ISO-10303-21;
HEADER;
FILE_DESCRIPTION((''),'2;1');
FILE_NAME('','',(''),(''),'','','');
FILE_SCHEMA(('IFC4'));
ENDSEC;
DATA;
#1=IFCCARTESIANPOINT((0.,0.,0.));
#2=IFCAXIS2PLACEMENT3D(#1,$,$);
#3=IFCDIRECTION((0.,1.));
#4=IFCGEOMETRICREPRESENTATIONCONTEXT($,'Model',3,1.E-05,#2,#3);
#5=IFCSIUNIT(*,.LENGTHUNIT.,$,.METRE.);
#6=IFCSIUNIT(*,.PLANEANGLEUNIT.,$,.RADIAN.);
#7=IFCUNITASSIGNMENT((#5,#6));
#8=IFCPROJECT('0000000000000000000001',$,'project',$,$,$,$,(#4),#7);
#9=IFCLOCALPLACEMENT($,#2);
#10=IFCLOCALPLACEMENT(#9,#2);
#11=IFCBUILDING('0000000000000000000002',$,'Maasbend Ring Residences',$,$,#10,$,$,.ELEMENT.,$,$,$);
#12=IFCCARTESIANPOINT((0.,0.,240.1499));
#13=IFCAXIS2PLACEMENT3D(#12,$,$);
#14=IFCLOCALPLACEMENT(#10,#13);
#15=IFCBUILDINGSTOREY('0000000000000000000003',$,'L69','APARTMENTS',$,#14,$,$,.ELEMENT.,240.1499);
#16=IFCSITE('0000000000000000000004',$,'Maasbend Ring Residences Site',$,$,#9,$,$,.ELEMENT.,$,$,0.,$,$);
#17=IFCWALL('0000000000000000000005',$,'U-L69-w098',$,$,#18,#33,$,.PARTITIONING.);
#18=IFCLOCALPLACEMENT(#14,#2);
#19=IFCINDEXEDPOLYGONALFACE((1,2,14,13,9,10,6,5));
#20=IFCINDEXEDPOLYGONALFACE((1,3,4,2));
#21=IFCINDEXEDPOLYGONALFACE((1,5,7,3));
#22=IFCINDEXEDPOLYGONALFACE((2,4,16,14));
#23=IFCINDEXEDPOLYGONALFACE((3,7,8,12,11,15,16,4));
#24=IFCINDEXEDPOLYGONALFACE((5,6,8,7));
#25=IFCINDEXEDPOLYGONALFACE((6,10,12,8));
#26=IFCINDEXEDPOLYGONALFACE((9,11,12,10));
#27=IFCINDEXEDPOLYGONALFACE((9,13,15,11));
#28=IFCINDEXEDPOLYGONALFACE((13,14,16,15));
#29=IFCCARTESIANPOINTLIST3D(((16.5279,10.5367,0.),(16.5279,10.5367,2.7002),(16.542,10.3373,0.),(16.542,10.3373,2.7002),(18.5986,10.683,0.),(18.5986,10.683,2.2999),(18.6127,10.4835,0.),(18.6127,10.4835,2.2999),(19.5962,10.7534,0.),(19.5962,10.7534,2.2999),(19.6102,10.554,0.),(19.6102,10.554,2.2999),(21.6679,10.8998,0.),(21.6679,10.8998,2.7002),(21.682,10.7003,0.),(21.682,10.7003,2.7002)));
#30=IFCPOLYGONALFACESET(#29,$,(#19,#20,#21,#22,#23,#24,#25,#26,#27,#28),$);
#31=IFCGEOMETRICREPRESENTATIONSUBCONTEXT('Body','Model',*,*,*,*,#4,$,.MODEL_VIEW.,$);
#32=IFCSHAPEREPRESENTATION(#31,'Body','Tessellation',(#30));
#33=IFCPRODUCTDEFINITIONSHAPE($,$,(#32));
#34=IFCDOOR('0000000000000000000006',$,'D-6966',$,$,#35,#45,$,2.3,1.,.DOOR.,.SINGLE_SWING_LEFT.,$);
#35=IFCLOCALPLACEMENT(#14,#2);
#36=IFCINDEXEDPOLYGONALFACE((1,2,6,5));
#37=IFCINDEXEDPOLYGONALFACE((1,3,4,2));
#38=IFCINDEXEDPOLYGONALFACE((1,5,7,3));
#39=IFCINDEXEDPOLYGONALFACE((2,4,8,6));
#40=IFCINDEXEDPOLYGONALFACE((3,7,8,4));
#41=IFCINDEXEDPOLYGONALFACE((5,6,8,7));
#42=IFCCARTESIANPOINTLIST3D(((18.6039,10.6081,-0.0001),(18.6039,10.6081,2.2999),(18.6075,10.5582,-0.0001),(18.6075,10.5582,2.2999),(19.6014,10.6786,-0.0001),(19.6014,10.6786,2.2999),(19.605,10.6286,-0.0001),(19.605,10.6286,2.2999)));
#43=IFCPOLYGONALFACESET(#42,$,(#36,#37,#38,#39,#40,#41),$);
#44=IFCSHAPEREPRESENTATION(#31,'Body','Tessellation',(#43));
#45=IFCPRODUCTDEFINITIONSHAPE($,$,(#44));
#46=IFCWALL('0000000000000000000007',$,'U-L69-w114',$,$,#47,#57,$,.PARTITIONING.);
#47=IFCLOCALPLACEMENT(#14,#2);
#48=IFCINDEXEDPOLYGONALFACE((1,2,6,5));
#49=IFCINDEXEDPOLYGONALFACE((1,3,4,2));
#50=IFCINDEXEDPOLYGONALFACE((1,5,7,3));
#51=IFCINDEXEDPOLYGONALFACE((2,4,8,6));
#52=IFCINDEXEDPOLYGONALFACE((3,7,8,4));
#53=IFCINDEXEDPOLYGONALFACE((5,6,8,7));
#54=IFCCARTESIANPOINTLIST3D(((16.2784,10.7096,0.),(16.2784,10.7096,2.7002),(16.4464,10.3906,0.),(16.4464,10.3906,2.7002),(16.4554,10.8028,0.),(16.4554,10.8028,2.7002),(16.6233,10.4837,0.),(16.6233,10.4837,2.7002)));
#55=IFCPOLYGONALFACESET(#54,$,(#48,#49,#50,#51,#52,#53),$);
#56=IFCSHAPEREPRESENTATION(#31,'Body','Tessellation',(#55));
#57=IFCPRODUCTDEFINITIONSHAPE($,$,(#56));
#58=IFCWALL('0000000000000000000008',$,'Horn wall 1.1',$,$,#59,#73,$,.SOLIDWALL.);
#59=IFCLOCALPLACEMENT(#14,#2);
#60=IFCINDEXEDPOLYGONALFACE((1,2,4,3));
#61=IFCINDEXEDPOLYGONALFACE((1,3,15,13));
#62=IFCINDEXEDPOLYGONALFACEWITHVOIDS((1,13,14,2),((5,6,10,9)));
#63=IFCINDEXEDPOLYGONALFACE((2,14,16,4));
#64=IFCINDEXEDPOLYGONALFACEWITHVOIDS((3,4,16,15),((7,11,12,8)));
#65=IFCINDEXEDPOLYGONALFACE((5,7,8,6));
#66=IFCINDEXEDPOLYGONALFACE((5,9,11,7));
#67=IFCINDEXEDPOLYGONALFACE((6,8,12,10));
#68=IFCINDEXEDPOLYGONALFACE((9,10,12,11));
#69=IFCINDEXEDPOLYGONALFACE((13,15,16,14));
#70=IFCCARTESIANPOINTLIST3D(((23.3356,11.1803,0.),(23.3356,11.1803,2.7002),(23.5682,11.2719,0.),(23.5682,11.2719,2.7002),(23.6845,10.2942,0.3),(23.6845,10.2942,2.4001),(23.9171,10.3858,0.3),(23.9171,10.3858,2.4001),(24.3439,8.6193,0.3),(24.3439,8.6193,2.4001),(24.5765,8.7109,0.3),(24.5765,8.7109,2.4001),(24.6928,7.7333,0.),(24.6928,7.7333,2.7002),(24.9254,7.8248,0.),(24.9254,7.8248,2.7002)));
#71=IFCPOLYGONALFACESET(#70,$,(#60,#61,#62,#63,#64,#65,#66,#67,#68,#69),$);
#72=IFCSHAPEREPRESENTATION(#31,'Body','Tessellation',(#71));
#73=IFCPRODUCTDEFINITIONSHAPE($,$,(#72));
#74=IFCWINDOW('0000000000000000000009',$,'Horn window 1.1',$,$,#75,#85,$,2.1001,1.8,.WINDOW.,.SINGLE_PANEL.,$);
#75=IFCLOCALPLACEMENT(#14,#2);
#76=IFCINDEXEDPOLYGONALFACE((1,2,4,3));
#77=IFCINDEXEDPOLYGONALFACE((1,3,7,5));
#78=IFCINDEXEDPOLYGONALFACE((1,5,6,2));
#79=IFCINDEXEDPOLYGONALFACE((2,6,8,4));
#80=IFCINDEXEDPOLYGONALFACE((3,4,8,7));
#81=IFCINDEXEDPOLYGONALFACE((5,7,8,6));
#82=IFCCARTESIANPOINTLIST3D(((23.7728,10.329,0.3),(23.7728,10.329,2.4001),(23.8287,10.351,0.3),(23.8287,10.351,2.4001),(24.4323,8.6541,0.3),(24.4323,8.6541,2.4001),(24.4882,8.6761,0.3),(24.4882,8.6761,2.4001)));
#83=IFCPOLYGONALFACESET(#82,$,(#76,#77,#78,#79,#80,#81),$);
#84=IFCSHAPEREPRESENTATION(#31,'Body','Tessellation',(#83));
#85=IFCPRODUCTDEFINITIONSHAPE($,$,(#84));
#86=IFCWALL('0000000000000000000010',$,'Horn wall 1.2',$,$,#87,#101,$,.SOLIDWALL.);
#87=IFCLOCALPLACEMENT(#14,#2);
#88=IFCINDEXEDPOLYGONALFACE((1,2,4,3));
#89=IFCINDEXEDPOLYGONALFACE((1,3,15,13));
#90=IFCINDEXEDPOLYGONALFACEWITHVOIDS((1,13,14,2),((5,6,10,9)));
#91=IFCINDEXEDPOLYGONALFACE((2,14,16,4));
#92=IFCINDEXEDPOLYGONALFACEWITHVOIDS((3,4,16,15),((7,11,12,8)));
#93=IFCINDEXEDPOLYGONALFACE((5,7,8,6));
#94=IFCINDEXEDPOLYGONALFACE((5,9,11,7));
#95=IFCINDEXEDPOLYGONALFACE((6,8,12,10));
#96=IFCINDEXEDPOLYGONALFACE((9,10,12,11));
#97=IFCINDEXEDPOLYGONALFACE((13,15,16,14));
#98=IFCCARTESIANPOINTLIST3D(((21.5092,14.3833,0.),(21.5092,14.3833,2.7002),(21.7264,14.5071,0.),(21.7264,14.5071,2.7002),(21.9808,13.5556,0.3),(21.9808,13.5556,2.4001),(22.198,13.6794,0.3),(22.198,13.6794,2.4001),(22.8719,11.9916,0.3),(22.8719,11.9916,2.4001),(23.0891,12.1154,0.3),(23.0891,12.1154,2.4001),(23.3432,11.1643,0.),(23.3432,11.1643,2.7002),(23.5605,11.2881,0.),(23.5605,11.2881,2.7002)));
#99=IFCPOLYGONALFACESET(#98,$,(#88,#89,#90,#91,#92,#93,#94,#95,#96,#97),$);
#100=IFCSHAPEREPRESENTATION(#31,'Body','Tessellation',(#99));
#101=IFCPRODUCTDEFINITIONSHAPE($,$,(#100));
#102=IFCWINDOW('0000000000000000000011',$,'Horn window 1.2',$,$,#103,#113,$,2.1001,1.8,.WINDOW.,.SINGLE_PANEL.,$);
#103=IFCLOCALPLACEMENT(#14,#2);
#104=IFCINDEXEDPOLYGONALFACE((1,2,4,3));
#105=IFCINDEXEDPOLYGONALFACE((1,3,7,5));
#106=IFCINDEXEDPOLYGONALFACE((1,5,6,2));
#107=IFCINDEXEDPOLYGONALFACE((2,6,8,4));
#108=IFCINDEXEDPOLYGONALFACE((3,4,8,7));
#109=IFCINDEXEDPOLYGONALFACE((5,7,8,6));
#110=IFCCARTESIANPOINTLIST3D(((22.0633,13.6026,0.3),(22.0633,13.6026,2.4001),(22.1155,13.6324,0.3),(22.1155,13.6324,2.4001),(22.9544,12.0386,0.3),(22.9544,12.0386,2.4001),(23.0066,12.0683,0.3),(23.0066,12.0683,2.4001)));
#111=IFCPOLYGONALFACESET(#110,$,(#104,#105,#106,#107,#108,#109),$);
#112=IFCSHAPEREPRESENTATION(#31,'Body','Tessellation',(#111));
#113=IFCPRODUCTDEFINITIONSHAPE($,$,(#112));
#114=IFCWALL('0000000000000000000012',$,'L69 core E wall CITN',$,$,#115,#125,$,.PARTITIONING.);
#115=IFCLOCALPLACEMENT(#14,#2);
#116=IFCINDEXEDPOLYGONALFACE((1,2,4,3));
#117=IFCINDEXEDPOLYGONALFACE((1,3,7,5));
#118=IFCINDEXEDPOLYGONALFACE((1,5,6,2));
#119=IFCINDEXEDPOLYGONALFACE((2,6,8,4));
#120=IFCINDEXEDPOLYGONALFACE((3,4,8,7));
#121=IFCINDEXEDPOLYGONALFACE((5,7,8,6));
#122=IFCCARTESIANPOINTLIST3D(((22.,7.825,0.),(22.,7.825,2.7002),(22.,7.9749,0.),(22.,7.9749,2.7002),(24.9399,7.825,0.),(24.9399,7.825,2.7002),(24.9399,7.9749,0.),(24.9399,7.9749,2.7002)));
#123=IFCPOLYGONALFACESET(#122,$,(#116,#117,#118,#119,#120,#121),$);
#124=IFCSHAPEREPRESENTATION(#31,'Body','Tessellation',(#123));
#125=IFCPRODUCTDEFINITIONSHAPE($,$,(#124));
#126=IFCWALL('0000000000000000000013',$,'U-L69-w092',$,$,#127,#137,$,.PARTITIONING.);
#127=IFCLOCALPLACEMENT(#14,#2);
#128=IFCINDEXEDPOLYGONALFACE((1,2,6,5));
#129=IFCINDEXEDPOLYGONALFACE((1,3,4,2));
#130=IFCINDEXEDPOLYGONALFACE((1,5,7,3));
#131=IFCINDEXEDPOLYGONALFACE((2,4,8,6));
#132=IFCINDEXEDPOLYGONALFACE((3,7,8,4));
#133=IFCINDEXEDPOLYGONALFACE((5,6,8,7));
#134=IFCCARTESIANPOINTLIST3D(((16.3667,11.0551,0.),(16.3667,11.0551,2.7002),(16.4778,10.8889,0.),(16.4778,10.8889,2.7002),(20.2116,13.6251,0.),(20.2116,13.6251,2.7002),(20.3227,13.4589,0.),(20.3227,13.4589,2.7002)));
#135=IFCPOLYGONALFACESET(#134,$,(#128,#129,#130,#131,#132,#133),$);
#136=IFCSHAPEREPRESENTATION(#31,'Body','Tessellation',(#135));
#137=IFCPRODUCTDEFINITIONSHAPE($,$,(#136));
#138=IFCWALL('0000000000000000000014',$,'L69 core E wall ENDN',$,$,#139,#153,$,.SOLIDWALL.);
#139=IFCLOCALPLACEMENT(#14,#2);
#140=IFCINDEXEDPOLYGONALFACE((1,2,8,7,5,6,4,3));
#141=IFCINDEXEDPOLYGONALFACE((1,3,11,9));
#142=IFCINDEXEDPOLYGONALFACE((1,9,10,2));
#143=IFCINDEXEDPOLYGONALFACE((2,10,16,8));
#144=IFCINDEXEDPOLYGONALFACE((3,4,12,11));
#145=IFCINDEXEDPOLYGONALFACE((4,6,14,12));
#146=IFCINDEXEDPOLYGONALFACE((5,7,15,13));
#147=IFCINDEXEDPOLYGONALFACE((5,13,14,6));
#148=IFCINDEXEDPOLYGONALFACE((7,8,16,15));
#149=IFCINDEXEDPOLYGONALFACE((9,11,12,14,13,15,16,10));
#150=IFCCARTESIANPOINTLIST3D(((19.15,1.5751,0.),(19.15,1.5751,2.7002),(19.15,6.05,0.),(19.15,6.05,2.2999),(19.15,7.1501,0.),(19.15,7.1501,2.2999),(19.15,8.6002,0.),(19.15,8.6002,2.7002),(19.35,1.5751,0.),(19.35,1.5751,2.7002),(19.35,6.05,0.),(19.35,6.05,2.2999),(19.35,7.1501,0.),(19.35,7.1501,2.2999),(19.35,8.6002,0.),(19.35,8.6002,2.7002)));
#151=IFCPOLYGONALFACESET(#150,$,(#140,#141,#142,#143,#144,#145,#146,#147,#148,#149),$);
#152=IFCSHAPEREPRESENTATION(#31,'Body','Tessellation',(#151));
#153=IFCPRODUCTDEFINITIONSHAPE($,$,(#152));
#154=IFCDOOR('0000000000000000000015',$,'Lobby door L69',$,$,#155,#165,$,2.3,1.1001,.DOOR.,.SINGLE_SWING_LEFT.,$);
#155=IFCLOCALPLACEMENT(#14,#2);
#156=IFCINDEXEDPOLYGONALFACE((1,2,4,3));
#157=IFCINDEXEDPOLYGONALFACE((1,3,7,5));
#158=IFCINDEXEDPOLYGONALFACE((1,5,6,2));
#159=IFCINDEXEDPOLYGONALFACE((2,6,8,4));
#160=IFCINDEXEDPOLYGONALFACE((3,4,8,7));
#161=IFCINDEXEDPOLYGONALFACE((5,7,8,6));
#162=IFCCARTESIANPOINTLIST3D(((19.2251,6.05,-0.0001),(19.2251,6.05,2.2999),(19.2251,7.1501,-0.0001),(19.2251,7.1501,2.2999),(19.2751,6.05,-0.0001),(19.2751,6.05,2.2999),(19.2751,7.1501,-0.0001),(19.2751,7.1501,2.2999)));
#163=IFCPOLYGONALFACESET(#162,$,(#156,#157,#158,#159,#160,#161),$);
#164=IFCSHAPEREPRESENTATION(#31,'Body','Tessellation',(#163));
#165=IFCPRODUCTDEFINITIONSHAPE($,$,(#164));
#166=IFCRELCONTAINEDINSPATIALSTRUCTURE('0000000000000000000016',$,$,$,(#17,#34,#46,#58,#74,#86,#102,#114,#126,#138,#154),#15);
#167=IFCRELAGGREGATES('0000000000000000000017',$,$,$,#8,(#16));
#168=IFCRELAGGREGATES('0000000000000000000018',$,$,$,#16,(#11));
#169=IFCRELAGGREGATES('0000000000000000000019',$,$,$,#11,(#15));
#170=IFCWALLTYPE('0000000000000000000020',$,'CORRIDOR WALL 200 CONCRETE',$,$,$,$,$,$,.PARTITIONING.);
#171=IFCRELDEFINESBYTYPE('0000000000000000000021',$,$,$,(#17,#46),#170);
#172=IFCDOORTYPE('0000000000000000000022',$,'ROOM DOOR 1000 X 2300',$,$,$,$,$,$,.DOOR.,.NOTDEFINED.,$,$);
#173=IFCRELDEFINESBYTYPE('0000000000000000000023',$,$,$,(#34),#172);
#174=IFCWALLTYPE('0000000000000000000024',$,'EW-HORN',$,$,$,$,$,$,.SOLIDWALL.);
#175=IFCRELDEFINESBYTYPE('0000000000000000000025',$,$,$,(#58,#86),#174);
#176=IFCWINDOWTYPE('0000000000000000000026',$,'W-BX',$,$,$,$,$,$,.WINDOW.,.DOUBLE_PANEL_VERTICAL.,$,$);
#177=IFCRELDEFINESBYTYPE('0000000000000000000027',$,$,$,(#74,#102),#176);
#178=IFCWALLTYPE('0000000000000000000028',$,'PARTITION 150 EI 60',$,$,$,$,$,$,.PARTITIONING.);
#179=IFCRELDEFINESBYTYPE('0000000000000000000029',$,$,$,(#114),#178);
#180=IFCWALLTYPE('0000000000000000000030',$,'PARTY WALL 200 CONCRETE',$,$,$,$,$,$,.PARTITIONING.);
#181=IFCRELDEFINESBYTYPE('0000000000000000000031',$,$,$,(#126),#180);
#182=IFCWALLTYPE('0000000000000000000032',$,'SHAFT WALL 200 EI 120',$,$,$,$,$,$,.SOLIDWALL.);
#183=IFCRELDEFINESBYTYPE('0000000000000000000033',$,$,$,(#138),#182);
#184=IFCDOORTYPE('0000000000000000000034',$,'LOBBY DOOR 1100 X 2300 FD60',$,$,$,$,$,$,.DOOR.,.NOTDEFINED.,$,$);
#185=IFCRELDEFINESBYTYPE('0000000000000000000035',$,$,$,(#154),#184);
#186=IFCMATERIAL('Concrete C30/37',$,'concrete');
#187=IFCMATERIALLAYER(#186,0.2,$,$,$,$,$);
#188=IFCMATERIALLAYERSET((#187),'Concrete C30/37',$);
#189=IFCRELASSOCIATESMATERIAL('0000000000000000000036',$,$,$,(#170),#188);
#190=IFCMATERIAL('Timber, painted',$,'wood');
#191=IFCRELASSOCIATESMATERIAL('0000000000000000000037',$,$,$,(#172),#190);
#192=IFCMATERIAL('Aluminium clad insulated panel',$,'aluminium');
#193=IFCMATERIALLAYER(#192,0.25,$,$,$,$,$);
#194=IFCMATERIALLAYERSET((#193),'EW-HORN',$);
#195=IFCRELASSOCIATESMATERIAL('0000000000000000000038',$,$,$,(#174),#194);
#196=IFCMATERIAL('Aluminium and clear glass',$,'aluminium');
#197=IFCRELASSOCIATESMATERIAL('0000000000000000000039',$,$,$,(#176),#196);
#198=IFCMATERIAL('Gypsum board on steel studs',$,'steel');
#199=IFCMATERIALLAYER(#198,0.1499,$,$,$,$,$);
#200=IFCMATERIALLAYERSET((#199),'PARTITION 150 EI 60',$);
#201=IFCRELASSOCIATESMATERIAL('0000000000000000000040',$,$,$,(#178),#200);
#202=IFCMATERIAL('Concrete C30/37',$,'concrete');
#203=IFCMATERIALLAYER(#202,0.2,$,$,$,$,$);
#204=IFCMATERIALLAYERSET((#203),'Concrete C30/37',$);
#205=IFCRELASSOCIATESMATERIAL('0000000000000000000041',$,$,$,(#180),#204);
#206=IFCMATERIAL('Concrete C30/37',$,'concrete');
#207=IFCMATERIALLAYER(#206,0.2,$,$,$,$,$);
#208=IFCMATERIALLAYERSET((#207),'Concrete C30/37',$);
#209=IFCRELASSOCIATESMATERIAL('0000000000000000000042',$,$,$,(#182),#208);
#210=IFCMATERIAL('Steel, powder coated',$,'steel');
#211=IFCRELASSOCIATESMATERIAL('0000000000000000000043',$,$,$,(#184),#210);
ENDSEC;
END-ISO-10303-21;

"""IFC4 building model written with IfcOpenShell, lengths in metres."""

from ifc_helpers import new_model, si_unit, direction, frame, frame_2d, origin, place, context, subcontext, project, spatial, rectangle, extrude, material, layer, layer_set, type_object, element, fill, save


model = new_model("IFC4")

# Units and contexts
model_context = context("Model", 3, precision=1e-05, world=origin(), true_north=direction((0.0, 1.0)))
body_context = subcontext(model_context, "Body", "Model", "MODEL_VIEW")
ifc_project = project(units=[si_unit("LENGTHUNIT", "METRE"), si_unit("PLANEANGLEUNIT", "RADIAN")], contexts=[model_context])

# Site, building, storey
site_placement = place(None, origin())
site = spatial("IfcSite", under=ifc_project, at=site_placement, Name="Maasbend Ring Residences Site", CompositionType="ELEMENT", RefElevation=0.0)
building_placement = place(site_placement, origin())
building = spatial("IfcBuilding", under=site, at=building_placement, Name="Maasbend Ring Residences", CompositionType="ELEMENT")
storey_placement = place(building_placement, frame((0.0, 0.0, 240.1499)))
storey = spatial("IfcBuildingStorey", under=building, at=storey_placement, Name="L69", Description="APARTMENTS", CompositionType="ELEMENT", Elevation=240.1499)

# Shared definitions
ifc_material_1 = material(Name="Concrete C30/37", Category="concrete")
ifc_layer_1 = layer(ifc_material_1, 0.2)
ifc_layer_set_1 = layer_set([ifc_layer_1], Name="Concrete C30/37")
wall_type_1 = type_object("IfcWallType", Name="CORRIDOR WALL 200 CONCRETE", PredefinedType="PARTITIONING", material=ifc_layer_set_1)

# Wall, opening, door
wall_1_placement = place(storey_placement, frame((16.5349, 10.437, 0.0), z_axis=(0.0, 0.0, 1.0), x_axis=(0.997515, 0.070452, 0.0)))
wall_1 = element("IfcWall", 1, at=wall_1_placement, inside=storey, type_object=wall_type_1, Name="U-L69-w098", PredefinedType="PARTITIONING", context=body_context, shape_type="SweptSolid", body=[
    extrude(rectangle(XDim=5.1528, YDim=0.2, at=frame_2d((2.5764, 0.0))), origin(), (0.0, 0.0, 1.0), 2.7002),
])
opening_1_placement = place(wall_1_placement, frame((2.0759, 0.0, 0.0)))
opening_1 = element("IfcOpeningElement", 2, at=opening_1_placement, cuts=wall_1, PredefinedType="OPENING", context=body_context, shape_type="SweptSolid", body=[
    extrude(rectangle(XDim=1.0, YDim=2.3, at=frame_2d((0.5, 1.1499))), frame((0.0, 0.1099, 0.0), z_axis=(0.0, -1.0, 0.0), x_axis=(1.0, 0.0, 0.0)), (0.0, 0.0, 1.0), 0.22),
])
ifc_material_2 = material(Name="Timber, painted", Category="wood")
door_type_1 = type_object("IfcDoorType", Name="ROOM DOOR 1000 X 2300", OperationType="NOTDEFINED", PredefinedType="DOOR", material=ifc_material_2)
door_1_placement = place(opening_1_placement, origin())
door_1 = element("IfcDoor", 3, at=door_1_placement, inside=storey, type_object=door_type_1, Name="D-6966", OperationType="SINGLE_SWING_LEFT", OverallHeight=2.3, OverallWidth=1.0, PredefinedType="DOOR", context=body_context, shape_type="SweptSolid", body=[
    extrude(rectangle(XDim=1.0, YDim=2.3, at=frame_2d((0.5, 1.1499))), frame((0.0, 0.0249, 0.0), z_axis=(0.0, -1.0, 0.0), x_axis=(1.0, 0.0, 0.0)), (0.0, 0.0, 1.0), 0.05),
])
fill(opening_1, door_1)

# Wall
wall_2_placement = place(storey_placement, frame((16.3669, 10.7561, 0.0), z_axis=(0.0, 0.0, 1.0), x_axis=(0.465802, -0.884889, 0.0)))
element("IfcWall", 4, at=wall_2_placement, inside=storey, type_object=wall_type_1, Name="U-L69-w114", PredefinedType="PARTITIONING", context=body_context, shape_type="SweptSolid", body=[
    extrude(rectangle(XDim=0.3606, YDim=0.2, at=frame_2d((0.1802, 0.0))), origin(), (0.0, 0.0, 1.0), 2.7002),
])

# Walls, openings, windows
ifc_material_3 = material(Name="Aluminium clad insulated panel", Category="aluminium")
ifc_layer_2 = layer(ifc_material_3, 0.25)
ifc_layer_set_2 = layer_set([ifc_layer_2], Name="EW-HORN")
wall_type_2 = type_object("IfcWallType", Name="EW-HORN", PredefinedType="SOLIDWALL", material=ifc_layer_set_2)
wall_3_placement = place(storey_placement, frame((24.8091, 7.7791, 0.0), z_axis=(0.0, 0.0, 1.0), x_axis=(-0.366352, 0.930476, 0.0)))
wall_3 = element("IfcWall", 5, at=wall_3_placement, inside=storey, type_object=wall_type_2, Name="Horn wall 1.1", PredefinedType="SOLIDWALL", context=body_context, shape_type="SweptSolid", body=[
    extrude(rectangle(XDim=3.7046, YDim=0.25, at=frame_2d((1.8523, 0.0))), origin(), (0.0, 0.0, 1.0), 2.7002),
])
opening_2_placement = place(wall_3_placement, frame((0.9524, 0.0, 0.3)))
opening_2 = element("IfcOpeningElement", 6, at=opening_2_placement, cuts=wall_3, PredefinedType="OPENING", context=body_context, shape_type="SweptSolid", body=[
    extrude(rectangle(XDim=1.8, YDim=2.1001, at=frame_2d((0.8999, 1.05))), frame((0.0, 0.135, 0.0), z_axis=(0.0, -1.0, 0.0), x_axis=(1.0, 0.0, 0.0)), (0.0, 0.0, 1.0), 0.27),
])
ifc_material_4 = material(Name="Aluminium and clear glass", Category="aluminium")
window_type = type_object("IfcWindowType", Name="W-BX", PartitioningType="DOUBLE_PANEL_VERTICAL", PredefinedType="WINDOW", material=ifc_material_4)
window_1_placement = place(opening_2_placement, origin())
window_1 = element("IfcWindow", 7, at=window_1_placement, inside=storey, type_object=window_type, Name="Horn window 1.1", OverallHeight=2.1001, OverallWidth=1.8, PartitioningType="SINGLE_PANEL", PredefinedType="WINDOW", context=body_context, shape_type="SweptSolid", body=[
    extrude(rectangle(XDim=1.8, YDim=2.1001, at=frame_2d((0.8999, 1.05))), frame((0.0, 0.03, 0.0), z_axis=(0.0, -1.0, 0.0), x_axis=(1.0, 0.0, 0.0)), (0.0, 0.0, 1.0), 0.0601),
])
fill(opening_2, window_1)
wall_4_placement = place(storey_placement, frame((23.4519, 11.2261, 0.0), z_axis=(0.0, 0.0, 1.0), x_axis=(-0.495031, 0.868875, 0.0)))
wall_4 = element("IfcWall", 8, at=wall_4_placement, inside=storey, type_object=wall_type_2, Name="Horn wall 1.2", PredefinedType="SOLIDWALL", context=body_context, shape_type="SweptSolid", body=[
    extrude(rectangle(XDim=3.7048, YDim=0.25, at=frame_2d((1.8525, 0.0))), origin(), (0.0, 0.0, 1.0), 2.7002),
])
opening_3_placement = place(wall_4_placement, frame((0.9524, 0.0, 0.3)))
opening_3 = element("IfcOpeningElement", 9, at=opening_3_placement, cuts=wall_4, PredefinedType="OPENING", context=body_context, shape_type="SweptSolid", body=[
    extrude(rectangle(XDim=1.8, YDim=2.1001, at=frame_2d((0.8999, 1.05))), frame((0.0, 0.135, 0.0), z_axis=(0.0, -1.0, 0.0), x_axis=(1.0, 0.0, 0.0)), (0.0, 0.0, 1.0), 0.27),
])
window_2_placement = place(opening_3_placement, origin())
window_2 = element("IfcWindow", 10, at=window_2_placement, inside=storey, type_object=window_type, Name="Horn window 1.2", OverallHeight=2.1001, OverallWidth=1.8, PartitioningType="SINGLE_PANEL", PredefinedType="WINDOW", context=body_context, shape_type="SweptSolid", body=[
    extrude(rectangle(XDim=1.8, YDim=2.1001, at=frame_2d((0.8999, 1.05))), frame((0.0, 0.03, 0.0), z_axis=(0.0, -1.0, 0.0), x_axis=(1.0, 0.0, 0.0)), (0.0, 0.0, 1.0), 0.0601),
])
fill(opening_3, window_2)

# Walls
ifc_material_5 = material(Name="Gypsum board on steel studs", Category="steel")
ifc_layer_3 = layer(ifc_material_5, 0.1499)
ifc_layer_set_3 = layer_set([ifc_layer_3], Name="PARTITION 150 EI 60")
wall_type_3 = type_object("IfcWallType", Name="PARTITION 150 EI 60", PredefinedType="PARTITIONING", material=ifc_layer_set_3)
wall_5_placement = place(storey_placement, frame((22.0, 7.8999, 0.0), z_axis=(0.0, 0.0, 1.0), x_axis=(1.0, 0.0, 0.0)))
element("IfcWall", 11, at=wall_5_placement, inside=storey, type_object=wall_type_3, Name="L69 core E wall CITN", PredefinedType="PARTITIONING", context=body_context, shape_type="SweptSolid", body=[
    extrude(rectangle(XDim=2.9399, YDim=0.1499, at=frame_2d((1.47, 0.0))), origin(), (0.0, 0.0, 1.0), 2.7002),
])
ifc_material_6 = material(Name="Concrete C30/37", Category="concrete")
ifc_layer_4 = layer(ifc_material_6, 0.2)
ifc_layer_set_4 = layer_set([ifc_layer_4], Name="Concrete C30/37")
wall_type_4 = type_object("IfcWallType", Name="PARTY WALL 200 CONCRETE", PredefinedType="PARTITIONING", material=ifc_layer_set_4)
wall_6_placement = place(storey_placement, frame((16.4221, 10.9719, 0.0), z_axis=(0.0, 0.0, 1.0), x_axis=(0.831376, 0.555711, 0.0)))
element("IfcWall", 12, at=wall_6_placement, inside=storey, type_object=wall_type_4, Name="U-L69-w092", PredefinedType="PARTITIONING", context=body_context, shape_type="SweptSolid", body=[
    extrude(rectangle(XDim=4.6248, YDim=0.2, at=frame_2d((2.3125, 0.0))), origin(), (0.0, 0.0, 1.0), 2.7002),
])

# Wall, opening, door
ifc_material_7 = material(Name="Concrete C30/37", Category="concrete")
ifc_layer_5 = layer(ifc_material_7, 0.2)
ifc_layer_set_5 = layer_set([ifc_layer_5], Name="Concrete C30/37")
wall_type_5 = type_object("IfcWallType", Name="SHAFT WALL 200 EI 120", PredefinedType="SOLIDWALL", material=ifc_layer_set_5)
wall_7_placement = place(storey_placement, frame((19.25, 1.575, 0.0), z_axis=(0.0, 0.0, 1.0), x_axis=(0.0, 1.0, 0.0)))
wall_7 = element("IfcWall", 13, at=wall_7_placement, inside=storey, type_object=wall_type_5, Name="L69 core E wall ENDN", PredefinedType="SOLIDWALL", context=body_context, shape_type="SweptSolid", body=[
    extrude(rectangle(XDim=7.0251, YDim=0.2, at=frame_2d((3.5127, 0.0))), origin(), (0.0, 0.0, 1.0), 2.7002),
])
opening_4_placement = place(wall_7_placement, frame((4.4751, 0.0, 0.0)))
opening_4 = element("IfcOpeningElement", 14, at=opening_4_placement, cuts=wall_7, PredefinedType="OPENING", context=body_context, shape_type="SweptSolid", body=[
    extrude(rectangle(XDim=1.1001, YDim=2.3, at=frame_2d((0.55, 1.1499))), frame((0.0, 0.1099, 0.0), z_axis=(0.0, -1.0, 0.0), x_axis=(1.0, 0.0, 0.0)), (0.0, 0.0, 1.0), 0.22),
])
ifc_material_8 = material(Name="Steel, powder coated", Category="steel")
door_type_2 = type_object("IfcDoorType", Name="LOBBY DOOR 1100 X 2300 FD60", OperationType="NOTDEFINED", PredefinedType="DOOR", material=ifc_material_8)
door_2_placement = place(opening_4_placement, origin())
door_2 = element("IfcDoor", 15, at=door_2_placement, inside=storey, type_object=door_type_2, Name="Lobby door L69", OperationType="SINGLE_SWING_LEFT", OverallHeight=2.3, OverallWidth=1.1001, PredefinedType="DOOR", context=body_context, shape_type="SweptSolid", body=[
    extrude(rectangle(XDim=1.1001, YDim=2.3, at=frame_2d((0.55, 1.1499))), frame((0.0, 0.0249, 0.0), z_axis=(0.0, -1.0, 0.0), x_axis=(1.0, 0.0, 0.0)), (0.0, 0.0, 1.0), 0.05),
])
fill(opening_4, door_2)

save(model, "model.ifc")
